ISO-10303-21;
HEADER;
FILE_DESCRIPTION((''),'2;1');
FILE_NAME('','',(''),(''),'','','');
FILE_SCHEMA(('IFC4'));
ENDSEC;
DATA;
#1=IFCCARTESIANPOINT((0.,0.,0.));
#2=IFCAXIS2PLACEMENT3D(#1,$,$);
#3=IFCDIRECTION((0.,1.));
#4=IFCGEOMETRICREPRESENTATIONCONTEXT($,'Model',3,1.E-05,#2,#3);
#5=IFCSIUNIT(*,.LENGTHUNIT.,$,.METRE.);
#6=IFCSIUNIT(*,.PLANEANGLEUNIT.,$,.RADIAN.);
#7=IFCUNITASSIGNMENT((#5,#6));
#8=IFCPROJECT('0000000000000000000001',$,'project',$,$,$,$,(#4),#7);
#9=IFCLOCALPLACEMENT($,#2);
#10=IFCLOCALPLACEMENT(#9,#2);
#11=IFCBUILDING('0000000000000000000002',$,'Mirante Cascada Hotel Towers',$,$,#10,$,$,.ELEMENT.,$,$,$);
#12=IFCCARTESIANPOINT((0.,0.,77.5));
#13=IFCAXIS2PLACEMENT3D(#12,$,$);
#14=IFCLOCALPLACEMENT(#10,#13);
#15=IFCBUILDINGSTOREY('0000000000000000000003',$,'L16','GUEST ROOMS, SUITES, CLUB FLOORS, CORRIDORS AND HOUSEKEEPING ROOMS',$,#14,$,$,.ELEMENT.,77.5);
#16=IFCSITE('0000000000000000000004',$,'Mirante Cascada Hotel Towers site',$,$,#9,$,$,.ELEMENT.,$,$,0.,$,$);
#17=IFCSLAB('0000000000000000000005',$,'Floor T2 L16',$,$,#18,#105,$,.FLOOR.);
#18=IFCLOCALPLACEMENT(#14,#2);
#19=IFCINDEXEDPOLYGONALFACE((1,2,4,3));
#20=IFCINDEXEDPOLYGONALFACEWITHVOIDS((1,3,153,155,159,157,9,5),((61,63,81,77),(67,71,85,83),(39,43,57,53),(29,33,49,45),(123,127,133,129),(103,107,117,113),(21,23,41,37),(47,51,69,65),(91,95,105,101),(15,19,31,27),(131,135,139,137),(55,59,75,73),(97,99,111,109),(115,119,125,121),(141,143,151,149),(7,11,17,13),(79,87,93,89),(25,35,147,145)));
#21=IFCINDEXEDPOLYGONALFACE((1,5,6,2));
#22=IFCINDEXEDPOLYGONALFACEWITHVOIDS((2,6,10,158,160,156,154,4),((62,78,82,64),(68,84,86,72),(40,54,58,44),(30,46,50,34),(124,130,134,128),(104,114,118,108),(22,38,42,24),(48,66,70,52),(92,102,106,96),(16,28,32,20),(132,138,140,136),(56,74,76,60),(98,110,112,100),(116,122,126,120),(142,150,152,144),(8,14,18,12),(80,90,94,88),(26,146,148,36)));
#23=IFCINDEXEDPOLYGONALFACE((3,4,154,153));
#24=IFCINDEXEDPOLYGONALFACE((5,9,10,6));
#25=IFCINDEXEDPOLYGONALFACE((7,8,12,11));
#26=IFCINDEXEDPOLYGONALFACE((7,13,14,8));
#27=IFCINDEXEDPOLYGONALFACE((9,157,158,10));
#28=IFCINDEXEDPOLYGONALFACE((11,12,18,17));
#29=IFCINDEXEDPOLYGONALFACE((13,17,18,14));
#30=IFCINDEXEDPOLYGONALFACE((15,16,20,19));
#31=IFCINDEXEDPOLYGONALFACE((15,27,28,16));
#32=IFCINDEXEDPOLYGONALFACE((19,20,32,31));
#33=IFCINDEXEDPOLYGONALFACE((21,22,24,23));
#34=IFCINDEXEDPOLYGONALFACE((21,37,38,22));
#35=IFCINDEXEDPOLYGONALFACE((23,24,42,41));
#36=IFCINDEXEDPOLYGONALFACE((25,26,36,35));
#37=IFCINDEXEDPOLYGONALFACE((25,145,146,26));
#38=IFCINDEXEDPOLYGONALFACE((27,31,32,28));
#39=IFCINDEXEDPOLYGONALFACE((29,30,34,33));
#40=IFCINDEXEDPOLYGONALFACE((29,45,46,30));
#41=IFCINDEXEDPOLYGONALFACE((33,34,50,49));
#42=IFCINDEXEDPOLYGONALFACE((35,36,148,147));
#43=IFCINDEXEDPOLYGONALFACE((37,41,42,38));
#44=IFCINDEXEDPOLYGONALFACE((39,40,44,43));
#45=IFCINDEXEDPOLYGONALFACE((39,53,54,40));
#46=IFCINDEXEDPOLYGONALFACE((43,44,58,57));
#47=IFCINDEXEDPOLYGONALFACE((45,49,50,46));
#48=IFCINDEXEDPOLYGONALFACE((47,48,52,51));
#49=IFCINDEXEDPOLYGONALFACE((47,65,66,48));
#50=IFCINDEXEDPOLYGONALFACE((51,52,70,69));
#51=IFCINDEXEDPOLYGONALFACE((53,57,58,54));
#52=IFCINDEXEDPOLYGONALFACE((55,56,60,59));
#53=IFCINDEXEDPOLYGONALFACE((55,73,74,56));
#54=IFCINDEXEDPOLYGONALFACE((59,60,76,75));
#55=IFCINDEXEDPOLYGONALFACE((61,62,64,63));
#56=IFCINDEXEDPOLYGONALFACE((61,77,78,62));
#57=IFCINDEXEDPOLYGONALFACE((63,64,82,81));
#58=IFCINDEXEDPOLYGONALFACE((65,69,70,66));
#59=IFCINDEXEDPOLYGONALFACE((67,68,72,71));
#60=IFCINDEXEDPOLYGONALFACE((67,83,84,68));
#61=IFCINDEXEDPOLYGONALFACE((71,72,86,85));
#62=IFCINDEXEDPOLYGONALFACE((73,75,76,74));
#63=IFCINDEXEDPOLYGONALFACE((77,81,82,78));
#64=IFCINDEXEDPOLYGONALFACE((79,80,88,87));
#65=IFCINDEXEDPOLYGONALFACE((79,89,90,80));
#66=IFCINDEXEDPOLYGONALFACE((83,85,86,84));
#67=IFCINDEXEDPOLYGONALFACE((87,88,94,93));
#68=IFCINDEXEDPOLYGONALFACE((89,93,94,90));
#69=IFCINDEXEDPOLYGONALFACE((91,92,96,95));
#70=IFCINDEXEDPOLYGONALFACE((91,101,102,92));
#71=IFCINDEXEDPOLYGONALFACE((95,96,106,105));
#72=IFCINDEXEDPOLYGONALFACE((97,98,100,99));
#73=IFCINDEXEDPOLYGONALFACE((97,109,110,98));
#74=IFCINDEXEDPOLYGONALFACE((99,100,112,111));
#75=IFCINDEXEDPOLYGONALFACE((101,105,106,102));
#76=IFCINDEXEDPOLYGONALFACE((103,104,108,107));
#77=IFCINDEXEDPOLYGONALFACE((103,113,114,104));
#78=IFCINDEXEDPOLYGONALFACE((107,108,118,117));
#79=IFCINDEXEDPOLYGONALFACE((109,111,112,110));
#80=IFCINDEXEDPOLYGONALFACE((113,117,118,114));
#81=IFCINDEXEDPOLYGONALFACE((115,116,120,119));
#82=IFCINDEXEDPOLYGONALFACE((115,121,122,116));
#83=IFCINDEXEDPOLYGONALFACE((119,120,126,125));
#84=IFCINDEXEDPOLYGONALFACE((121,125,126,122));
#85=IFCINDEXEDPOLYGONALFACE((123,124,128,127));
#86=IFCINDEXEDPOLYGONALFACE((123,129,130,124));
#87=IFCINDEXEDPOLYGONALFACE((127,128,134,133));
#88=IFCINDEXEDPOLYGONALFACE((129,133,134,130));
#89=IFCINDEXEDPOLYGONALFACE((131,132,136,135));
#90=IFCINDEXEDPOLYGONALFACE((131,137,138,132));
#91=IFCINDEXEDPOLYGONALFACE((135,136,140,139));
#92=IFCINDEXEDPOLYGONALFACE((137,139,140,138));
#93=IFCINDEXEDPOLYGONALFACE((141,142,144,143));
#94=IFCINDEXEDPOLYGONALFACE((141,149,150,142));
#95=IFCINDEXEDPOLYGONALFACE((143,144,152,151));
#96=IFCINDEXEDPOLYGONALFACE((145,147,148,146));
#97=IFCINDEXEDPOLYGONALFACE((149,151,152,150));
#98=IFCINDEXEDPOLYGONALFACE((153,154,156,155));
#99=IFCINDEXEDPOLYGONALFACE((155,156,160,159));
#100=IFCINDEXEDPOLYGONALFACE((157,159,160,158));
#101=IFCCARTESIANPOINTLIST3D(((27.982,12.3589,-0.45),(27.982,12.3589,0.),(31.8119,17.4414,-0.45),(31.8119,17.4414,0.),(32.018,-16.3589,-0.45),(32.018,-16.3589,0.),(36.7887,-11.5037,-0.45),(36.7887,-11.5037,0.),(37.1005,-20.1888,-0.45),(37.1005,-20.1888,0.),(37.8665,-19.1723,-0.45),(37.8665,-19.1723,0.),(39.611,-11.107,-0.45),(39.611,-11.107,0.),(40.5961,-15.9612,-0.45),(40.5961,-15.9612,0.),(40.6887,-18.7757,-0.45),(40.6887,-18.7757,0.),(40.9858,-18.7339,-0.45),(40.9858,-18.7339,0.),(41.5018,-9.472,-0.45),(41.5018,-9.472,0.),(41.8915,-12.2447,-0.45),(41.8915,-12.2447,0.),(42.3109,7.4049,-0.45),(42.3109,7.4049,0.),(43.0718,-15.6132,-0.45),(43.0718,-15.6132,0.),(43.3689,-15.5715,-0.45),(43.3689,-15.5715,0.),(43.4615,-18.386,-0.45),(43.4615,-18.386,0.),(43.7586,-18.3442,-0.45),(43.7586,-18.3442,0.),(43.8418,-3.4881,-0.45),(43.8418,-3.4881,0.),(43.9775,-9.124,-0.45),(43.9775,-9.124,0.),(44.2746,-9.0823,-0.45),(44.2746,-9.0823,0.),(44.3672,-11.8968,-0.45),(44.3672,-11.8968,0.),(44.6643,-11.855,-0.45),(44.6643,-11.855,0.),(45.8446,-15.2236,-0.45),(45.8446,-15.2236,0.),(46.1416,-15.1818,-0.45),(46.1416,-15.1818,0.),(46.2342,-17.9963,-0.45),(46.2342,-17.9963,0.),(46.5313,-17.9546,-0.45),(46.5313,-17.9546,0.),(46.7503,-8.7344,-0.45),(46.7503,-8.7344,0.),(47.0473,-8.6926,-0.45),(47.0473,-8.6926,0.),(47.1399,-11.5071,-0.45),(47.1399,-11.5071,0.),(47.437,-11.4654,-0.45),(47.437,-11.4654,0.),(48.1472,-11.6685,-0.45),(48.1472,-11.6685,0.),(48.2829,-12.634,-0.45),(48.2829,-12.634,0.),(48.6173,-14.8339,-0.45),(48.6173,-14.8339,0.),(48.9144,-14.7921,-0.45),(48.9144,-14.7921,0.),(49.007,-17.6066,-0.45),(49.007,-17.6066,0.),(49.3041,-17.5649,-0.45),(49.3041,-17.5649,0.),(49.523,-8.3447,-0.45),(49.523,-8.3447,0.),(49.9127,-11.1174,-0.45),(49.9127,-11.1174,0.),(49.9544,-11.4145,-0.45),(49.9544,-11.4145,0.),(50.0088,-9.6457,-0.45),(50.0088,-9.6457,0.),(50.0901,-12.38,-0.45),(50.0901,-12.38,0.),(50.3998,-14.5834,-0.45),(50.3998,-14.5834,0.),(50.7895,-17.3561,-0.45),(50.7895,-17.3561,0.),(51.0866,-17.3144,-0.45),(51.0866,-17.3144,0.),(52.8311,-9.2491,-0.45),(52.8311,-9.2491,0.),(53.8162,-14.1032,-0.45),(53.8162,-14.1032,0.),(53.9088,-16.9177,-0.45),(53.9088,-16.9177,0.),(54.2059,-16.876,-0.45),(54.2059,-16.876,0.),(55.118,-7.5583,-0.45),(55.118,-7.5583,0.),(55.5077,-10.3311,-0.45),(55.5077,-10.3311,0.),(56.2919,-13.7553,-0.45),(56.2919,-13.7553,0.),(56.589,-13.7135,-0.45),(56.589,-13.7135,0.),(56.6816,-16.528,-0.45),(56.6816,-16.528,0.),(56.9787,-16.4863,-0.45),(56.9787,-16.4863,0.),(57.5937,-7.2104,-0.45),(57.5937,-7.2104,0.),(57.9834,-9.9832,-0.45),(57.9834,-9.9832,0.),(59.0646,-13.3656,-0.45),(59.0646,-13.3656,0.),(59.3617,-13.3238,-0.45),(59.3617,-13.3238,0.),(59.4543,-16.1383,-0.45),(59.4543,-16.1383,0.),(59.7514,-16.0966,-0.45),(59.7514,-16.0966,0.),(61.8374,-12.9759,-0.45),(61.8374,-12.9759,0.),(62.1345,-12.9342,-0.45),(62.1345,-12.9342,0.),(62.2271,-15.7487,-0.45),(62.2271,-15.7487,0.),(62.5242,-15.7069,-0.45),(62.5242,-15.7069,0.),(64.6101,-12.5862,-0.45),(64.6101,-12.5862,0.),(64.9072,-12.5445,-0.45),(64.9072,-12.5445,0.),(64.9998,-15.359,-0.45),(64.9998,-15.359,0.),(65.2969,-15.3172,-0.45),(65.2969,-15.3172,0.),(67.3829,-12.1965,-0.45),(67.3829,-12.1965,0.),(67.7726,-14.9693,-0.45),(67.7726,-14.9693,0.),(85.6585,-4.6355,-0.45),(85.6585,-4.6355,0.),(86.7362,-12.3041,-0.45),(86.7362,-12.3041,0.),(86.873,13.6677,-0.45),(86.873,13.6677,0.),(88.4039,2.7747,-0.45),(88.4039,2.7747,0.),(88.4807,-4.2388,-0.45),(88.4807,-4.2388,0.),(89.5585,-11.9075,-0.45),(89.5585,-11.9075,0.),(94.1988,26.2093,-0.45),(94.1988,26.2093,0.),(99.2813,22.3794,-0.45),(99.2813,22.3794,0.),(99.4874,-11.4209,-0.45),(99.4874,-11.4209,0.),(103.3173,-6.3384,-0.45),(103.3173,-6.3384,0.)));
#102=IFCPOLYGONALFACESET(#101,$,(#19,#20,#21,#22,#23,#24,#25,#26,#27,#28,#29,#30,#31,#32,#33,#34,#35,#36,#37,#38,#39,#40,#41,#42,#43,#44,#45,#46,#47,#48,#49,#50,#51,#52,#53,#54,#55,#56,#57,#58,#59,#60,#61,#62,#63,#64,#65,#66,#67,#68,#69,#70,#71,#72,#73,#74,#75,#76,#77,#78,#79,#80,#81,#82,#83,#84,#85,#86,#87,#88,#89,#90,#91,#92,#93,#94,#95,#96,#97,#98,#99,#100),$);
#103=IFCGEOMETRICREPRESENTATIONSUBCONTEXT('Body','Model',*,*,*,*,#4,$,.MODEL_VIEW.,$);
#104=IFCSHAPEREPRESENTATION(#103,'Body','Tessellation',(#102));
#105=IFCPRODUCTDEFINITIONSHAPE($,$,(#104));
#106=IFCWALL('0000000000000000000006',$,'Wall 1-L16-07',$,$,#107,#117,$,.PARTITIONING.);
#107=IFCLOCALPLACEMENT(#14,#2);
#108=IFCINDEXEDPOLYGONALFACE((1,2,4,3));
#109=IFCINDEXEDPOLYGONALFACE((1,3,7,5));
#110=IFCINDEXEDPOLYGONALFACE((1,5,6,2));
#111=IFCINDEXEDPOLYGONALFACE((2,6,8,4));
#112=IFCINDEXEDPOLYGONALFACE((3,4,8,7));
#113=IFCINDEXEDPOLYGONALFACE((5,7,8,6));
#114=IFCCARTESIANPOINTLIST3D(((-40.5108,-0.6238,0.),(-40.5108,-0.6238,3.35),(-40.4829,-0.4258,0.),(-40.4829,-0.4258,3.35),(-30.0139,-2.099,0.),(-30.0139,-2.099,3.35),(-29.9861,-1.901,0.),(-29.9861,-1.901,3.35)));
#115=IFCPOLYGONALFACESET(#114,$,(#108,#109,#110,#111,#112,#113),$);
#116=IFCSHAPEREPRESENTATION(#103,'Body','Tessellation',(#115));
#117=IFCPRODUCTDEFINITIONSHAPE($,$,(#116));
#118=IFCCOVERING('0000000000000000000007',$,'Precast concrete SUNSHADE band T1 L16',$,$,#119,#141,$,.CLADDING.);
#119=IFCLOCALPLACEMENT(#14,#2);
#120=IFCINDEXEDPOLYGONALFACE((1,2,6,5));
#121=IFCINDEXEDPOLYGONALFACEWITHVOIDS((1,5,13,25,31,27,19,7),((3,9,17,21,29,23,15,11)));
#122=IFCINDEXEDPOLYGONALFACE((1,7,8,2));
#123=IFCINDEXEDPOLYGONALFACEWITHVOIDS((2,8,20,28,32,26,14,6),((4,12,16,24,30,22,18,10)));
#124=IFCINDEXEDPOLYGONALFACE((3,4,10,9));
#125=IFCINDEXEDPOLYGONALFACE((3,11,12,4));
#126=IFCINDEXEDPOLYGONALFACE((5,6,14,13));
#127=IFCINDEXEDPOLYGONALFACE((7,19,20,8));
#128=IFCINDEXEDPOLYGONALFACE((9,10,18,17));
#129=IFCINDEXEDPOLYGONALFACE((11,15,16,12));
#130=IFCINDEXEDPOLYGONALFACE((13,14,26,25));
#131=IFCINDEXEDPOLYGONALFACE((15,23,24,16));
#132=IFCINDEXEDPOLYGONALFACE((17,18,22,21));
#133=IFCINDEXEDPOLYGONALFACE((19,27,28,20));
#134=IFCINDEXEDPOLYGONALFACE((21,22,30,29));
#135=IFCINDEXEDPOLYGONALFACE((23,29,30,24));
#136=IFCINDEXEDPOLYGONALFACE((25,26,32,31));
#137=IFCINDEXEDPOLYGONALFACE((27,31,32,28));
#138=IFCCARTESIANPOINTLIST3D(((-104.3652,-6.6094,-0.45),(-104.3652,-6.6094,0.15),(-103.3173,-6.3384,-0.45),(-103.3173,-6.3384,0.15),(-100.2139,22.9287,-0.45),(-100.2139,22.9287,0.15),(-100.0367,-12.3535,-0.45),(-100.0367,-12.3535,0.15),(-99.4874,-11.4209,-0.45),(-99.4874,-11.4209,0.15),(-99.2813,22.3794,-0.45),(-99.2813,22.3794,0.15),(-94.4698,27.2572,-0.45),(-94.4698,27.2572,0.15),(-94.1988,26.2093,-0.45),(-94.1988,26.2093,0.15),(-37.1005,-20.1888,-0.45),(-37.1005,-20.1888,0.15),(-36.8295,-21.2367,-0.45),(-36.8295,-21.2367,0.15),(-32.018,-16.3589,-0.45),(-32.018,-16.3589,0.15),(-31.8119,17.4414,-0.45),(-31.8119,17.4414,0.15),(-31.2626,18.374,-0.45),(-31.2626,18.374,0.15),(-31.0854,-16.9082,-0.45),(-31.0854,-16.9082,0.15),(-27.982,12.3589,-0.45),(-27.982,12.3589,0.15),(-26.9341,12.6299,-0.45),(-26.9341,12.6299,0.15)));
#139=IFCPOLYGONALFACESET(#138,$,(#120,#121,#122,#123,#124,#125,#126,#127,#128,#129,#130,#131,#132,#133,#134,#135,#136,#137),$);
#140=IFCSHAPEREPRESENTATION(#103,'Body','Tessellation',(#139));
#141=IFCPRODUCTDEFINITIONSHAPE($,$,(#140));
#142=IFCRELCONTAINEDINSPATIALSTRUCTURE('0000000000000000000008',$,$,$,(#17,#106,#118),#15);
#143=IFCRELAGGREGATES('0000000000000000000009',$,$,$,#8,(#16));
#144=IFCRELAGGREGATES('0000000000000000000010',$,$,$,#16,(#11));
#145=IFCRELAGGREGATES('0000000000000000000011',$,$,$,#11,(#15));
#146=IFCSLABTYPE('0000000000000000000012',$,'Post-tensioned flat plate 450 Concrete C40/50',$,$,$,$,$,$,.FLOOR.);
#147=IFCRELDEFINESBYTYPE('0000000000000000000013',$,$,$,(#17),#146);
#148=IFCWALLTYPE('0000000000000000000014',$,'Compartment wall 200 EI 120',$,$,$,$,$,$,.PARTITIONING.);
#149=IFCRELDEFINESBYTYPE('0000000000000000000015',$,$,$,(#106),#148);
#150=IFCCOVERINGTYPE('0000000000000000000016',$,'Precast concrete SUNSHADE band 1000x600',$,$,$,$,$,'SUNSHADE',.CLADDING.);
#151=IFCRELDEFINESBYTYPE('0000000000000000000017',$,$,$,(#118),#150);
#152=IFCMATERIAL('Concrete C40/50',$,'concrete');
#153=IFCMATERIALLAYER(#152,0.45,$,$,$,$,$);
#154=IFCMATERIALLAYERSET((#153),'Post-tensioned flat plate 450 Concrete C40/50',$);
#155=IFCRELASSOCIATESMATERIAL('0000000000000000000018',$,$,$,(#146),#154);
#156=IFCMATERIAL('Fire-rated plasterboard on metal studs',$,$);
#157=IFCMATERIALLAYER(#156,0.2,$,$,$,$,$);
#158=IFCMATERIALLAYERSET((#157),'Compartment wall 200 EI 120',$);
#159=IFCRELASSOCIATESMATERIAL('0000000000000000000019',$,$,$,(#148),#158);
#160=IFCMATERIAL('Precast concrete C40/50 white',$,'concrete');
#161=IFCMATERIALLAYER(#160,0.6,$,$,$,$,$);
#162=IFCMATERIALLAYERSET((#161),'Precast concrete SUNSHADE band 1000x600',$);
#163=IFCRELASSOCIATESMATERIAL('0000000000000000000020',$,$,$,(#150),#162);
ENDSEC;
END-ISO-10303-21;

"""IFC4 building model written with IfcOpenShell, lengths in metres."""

from ifc_helpers import new_model, si_unit, direction, frame, frame_2d, origin, place, context, subcontext, project, spatial, polyline, rectangle, outline, extrude, material, layer, layer_set, type_object, element, save


model = new_model("IFC4")

# Units and contexts
model_context = context("Model", 3, precision=1e-05, world=origin(), true_north=direction((0.0, 1.0)))
body_context = subcontext(model_context, "Body", "Model", "MODEL_VIEW")
ifc_project = project(units=[si_unit("LENGTHUNIT", "METRE"), si_unit("PLANEANGLEUNIT", "RADIAN")], contexts=[model_context])

# Site, building, storey
site_placement = place(None, origin())
site = spatial("IfcSite", under=ifc_project, at=site_placement, Name="Mirante Cascada Hotel Towers site", CompositionType="ELEMENT", RefElevation=0.0)
building_placement = place(site_placement, origin())
building = spatial("IfcBuilding", under=site, at=building_placement, Name="Mirante Cascada Hotel Towers", CompositionType="ELEMENT")
storey_placement = place(building_placement, frame((0.0, 0.0, 77.5)))
storey = spatial("IfcBuildingStorey", under=building, at=storey_placement, Name="L16", Description="GUEST ROOMS, SUITES, CLUB FLOORS, CORRIDORS AND HOUSEKEEPING ROOMS", CompositionType="ELEMENT", Elevation=77.5)

# Slab
ifc_material_1 = material(Name="Concrete C40/50", Category="concrete")
ifc_layer_1 = layer(ifc_material_1, 0.45)
ifc_layer_set_1 = layer_set([ifc_layer_1], Name="Post-tensioned flat plate 450 Concrete C40/50")
slab_type = type_object("IfcSlabType", Name="Post-tensioned flat plate 450 Concrete C40/50", PredefinedType="FLOOR", material=ifc_layer_set_1)
slab_1_placement = place(storey_placement, frame((0.0, 0.0, -0.45)))
element("IfcSlab", 1, at=slab_1_placement, inside=storey, type_object=slab_type, Name="Floor T2 L16", PredefinedType="FLOOR", context=body_context, shape_type="SweptSolid", body=[
    extrude(outline(polyline([(32.018, -16.3589), (27.982, 12.3589), (31.8119, 17.4414), (94.1988, 26.2093), (99.2813, 22.3794), (103.3173, -6.3384), (99.4874, -11.4209), (37.1005, -20.1888), (32.018, -16.3589)]), holes=[polyline([(43.0718, -15.6132), (40.5961, -15.9612), (40.9858, -18.7339), (43.4615, -18.386), (43.0718, -15.6132)]), polyline([(45.8446, -15.2236), (43.3689, -15.5715), (43.7586, -18.3442), (46.2342, -17.9963), (45.8446, -15.2236)]), polyline([(48.6173, -14.8339), (46.1416, -15.1818), (46.5313, -17.9546), (49.007, -17.6066), (48.6173, -14.8339)]), polyline([(50.3998, -14.5834), (48.9144, -14.7921), (49.3041, -17.5649), (50.7895, -17.3561), (50.3998, -14.5834)]), polyline([(37.8665, -19.1723), (40.6887, -18.7757), (39.611, -11.107), (36.7887, -11.5037), (37.8665, -19.1723)]), polyline([(49.9544, -11.4145), (48.1472, -11.6685), (48.2829, -12.634), (50.0901, -12.38), (49.9544, -11.4145)]), polyline([(43.9775, -9.124), (41.5018, -9.472), (41.8915, -12.2447), (44.3672, -11.8968), (43.9775, -9.124)]), polyline([(47.1399, -11.5071), (46.7503, -8.7344), (44.2746, -9.0823), (44.6643, -11.855), (47.1399, -11.5071)]), polyline([(49.9127, -11.1174), (49.523, -8.3447), (47.0473, -8.6926), (47.437, -11.4654), (49.9127, -11.1174)]), polyline([(56.2919, -13.7553), (53.8162, -14.1032), (54.2059, -16.876), (56.6816, -16.528), (56.2919, -13.7553)]), polyline([(59.0646, -13.3656), (56.589, -13.7135), (56.9787, -16.4863), (59.4543, -16.1383), (59.0646, -13.3656)]), polyline([(61.8374, -12.9759), (59.3617, -13.3238), (59.7514, -16.0966), (62.2271, -15.7487), (61.8374, -12.9759)]), polyline([(64.6101, -12.5862), (62.1345, -12.9342), (62.5242, -15.7069), (64.9998, -15.359), (64.6101, -12.5862)]), polyline([(67.3829, -12.1965), (64.9072, -12.5445), (65.2969, -15.3172), (67.7726, -14.9693), (67.3829, -12.1965)]), polyline([(51.0866, -17.3144), (53.9088, -16.9177), (52.8311, -9.2491), (50.0088, -9.6457), (51.0866, -17.3144)]), polyline([(86.7362, -12.3041), (89.5585, -11.9075), (88.4807, -4.2388), (85.6585, -4.6355), (86.7362, -12.3041)]), polyline([(57.9834, -9.9832), (57.5937, -7.2104), (55.118, -7.5583), (55.5077, -10.3311), (57.9834, -9.9832)]), polyline([(88.4039, 2.7747), (86.873, 13.6677), (42.3109, 7.4049), (43.8418, -3.4881), (88.4039, 2.7747)])]), origin(), (0.0, 0.0, 1.0), 0.45),
])

# Wall
ifc_material_2 = material(Name="Fire-rated plasterboard on metal studs")
ifc_layer_2 = layer(ifc_material_2, 0.2)
ifc_layer_set_2 = layer_set([ifc_layer_2], Name="Compartment wall 200 EI 120")
wall_type = type_object("IfcWallType", Name="Compartment wall 200 EI 120", PredefinedType="PARTITIONING", material=ifc_layer_set_2)
wall_placement = place(storey_placement, frame((-30.0, -2.0, 0.0), z_axis=(0.0, 0.0, 1.0), x_axis=(-0.990268, 0.13917, 0.0)))
element("IfcWall", 2, at=wall_placement, inside=storey, type_object=wall_type, Name="Wall 1-L16-07", PredefinedType="PARTITIONING", context=body_context, shape_type="SweptSolid", body=[
    extrude(rectangle(XDim=10.6, YDim=0.2, at=frame_2d((5.3, 0.0))), origin(), (0.0, 0.0, 1.0), 3.35),
])

# Covering
ifc_material_3 = material(Name="Precast concrete C40/50 white", Category="concrete")
ifc_layer_3 = layer(ifc_material_3, 0.6)
ifc_layer_set_3 = layer_set([ifc_layer_3], Name="Precast concrete SUNSHADE band 1000x600")
covering_type = type_object("IfcCoveringType", Name="Precast concrete SUNSHADE band 1000x600", ElementType="SUNSHADE", PredefinedType="CLADDING", material=ifc_layer_set_3)
covering_placement = place(storey_placement, frame((0.0, 0.0, -0.45)))
element("IfcCovering", 3, at=covering_placement, inside=storey, type_object=covering_type, Name="Precast concrete SUNSHADE band T1 L16", PredefinedType="CLADDING", context=body_context, shape_type="SweptSolid", body=[
    extrude(outline(polyline([(-104.3652, -6.6094), (-100.2139, 22.9287), (-94.4698, 27.2572), (-31.2626, 18.374), (-26.9341, 12.6299), (-31.0854, -16.9082), (-36.8295, -21.2367), (-100.0367, -12.3535), (-104.3652, -6.6094)]), holes=[polyline([(-27.982, 12.3589), (-31.8119, 17.4414), (-94.1988, 26.2093), (-99.2813, 22.3794), (-103.3173, -6.3384), (-99.4874, -11.4209), (-37.1005, -20.1888), (-32.018, -16.3589), (-27.982, 12.3589)])]), origin(), (0.0, 0.0, 1.0), 0.6),
])

save(model, "model.ifc")
